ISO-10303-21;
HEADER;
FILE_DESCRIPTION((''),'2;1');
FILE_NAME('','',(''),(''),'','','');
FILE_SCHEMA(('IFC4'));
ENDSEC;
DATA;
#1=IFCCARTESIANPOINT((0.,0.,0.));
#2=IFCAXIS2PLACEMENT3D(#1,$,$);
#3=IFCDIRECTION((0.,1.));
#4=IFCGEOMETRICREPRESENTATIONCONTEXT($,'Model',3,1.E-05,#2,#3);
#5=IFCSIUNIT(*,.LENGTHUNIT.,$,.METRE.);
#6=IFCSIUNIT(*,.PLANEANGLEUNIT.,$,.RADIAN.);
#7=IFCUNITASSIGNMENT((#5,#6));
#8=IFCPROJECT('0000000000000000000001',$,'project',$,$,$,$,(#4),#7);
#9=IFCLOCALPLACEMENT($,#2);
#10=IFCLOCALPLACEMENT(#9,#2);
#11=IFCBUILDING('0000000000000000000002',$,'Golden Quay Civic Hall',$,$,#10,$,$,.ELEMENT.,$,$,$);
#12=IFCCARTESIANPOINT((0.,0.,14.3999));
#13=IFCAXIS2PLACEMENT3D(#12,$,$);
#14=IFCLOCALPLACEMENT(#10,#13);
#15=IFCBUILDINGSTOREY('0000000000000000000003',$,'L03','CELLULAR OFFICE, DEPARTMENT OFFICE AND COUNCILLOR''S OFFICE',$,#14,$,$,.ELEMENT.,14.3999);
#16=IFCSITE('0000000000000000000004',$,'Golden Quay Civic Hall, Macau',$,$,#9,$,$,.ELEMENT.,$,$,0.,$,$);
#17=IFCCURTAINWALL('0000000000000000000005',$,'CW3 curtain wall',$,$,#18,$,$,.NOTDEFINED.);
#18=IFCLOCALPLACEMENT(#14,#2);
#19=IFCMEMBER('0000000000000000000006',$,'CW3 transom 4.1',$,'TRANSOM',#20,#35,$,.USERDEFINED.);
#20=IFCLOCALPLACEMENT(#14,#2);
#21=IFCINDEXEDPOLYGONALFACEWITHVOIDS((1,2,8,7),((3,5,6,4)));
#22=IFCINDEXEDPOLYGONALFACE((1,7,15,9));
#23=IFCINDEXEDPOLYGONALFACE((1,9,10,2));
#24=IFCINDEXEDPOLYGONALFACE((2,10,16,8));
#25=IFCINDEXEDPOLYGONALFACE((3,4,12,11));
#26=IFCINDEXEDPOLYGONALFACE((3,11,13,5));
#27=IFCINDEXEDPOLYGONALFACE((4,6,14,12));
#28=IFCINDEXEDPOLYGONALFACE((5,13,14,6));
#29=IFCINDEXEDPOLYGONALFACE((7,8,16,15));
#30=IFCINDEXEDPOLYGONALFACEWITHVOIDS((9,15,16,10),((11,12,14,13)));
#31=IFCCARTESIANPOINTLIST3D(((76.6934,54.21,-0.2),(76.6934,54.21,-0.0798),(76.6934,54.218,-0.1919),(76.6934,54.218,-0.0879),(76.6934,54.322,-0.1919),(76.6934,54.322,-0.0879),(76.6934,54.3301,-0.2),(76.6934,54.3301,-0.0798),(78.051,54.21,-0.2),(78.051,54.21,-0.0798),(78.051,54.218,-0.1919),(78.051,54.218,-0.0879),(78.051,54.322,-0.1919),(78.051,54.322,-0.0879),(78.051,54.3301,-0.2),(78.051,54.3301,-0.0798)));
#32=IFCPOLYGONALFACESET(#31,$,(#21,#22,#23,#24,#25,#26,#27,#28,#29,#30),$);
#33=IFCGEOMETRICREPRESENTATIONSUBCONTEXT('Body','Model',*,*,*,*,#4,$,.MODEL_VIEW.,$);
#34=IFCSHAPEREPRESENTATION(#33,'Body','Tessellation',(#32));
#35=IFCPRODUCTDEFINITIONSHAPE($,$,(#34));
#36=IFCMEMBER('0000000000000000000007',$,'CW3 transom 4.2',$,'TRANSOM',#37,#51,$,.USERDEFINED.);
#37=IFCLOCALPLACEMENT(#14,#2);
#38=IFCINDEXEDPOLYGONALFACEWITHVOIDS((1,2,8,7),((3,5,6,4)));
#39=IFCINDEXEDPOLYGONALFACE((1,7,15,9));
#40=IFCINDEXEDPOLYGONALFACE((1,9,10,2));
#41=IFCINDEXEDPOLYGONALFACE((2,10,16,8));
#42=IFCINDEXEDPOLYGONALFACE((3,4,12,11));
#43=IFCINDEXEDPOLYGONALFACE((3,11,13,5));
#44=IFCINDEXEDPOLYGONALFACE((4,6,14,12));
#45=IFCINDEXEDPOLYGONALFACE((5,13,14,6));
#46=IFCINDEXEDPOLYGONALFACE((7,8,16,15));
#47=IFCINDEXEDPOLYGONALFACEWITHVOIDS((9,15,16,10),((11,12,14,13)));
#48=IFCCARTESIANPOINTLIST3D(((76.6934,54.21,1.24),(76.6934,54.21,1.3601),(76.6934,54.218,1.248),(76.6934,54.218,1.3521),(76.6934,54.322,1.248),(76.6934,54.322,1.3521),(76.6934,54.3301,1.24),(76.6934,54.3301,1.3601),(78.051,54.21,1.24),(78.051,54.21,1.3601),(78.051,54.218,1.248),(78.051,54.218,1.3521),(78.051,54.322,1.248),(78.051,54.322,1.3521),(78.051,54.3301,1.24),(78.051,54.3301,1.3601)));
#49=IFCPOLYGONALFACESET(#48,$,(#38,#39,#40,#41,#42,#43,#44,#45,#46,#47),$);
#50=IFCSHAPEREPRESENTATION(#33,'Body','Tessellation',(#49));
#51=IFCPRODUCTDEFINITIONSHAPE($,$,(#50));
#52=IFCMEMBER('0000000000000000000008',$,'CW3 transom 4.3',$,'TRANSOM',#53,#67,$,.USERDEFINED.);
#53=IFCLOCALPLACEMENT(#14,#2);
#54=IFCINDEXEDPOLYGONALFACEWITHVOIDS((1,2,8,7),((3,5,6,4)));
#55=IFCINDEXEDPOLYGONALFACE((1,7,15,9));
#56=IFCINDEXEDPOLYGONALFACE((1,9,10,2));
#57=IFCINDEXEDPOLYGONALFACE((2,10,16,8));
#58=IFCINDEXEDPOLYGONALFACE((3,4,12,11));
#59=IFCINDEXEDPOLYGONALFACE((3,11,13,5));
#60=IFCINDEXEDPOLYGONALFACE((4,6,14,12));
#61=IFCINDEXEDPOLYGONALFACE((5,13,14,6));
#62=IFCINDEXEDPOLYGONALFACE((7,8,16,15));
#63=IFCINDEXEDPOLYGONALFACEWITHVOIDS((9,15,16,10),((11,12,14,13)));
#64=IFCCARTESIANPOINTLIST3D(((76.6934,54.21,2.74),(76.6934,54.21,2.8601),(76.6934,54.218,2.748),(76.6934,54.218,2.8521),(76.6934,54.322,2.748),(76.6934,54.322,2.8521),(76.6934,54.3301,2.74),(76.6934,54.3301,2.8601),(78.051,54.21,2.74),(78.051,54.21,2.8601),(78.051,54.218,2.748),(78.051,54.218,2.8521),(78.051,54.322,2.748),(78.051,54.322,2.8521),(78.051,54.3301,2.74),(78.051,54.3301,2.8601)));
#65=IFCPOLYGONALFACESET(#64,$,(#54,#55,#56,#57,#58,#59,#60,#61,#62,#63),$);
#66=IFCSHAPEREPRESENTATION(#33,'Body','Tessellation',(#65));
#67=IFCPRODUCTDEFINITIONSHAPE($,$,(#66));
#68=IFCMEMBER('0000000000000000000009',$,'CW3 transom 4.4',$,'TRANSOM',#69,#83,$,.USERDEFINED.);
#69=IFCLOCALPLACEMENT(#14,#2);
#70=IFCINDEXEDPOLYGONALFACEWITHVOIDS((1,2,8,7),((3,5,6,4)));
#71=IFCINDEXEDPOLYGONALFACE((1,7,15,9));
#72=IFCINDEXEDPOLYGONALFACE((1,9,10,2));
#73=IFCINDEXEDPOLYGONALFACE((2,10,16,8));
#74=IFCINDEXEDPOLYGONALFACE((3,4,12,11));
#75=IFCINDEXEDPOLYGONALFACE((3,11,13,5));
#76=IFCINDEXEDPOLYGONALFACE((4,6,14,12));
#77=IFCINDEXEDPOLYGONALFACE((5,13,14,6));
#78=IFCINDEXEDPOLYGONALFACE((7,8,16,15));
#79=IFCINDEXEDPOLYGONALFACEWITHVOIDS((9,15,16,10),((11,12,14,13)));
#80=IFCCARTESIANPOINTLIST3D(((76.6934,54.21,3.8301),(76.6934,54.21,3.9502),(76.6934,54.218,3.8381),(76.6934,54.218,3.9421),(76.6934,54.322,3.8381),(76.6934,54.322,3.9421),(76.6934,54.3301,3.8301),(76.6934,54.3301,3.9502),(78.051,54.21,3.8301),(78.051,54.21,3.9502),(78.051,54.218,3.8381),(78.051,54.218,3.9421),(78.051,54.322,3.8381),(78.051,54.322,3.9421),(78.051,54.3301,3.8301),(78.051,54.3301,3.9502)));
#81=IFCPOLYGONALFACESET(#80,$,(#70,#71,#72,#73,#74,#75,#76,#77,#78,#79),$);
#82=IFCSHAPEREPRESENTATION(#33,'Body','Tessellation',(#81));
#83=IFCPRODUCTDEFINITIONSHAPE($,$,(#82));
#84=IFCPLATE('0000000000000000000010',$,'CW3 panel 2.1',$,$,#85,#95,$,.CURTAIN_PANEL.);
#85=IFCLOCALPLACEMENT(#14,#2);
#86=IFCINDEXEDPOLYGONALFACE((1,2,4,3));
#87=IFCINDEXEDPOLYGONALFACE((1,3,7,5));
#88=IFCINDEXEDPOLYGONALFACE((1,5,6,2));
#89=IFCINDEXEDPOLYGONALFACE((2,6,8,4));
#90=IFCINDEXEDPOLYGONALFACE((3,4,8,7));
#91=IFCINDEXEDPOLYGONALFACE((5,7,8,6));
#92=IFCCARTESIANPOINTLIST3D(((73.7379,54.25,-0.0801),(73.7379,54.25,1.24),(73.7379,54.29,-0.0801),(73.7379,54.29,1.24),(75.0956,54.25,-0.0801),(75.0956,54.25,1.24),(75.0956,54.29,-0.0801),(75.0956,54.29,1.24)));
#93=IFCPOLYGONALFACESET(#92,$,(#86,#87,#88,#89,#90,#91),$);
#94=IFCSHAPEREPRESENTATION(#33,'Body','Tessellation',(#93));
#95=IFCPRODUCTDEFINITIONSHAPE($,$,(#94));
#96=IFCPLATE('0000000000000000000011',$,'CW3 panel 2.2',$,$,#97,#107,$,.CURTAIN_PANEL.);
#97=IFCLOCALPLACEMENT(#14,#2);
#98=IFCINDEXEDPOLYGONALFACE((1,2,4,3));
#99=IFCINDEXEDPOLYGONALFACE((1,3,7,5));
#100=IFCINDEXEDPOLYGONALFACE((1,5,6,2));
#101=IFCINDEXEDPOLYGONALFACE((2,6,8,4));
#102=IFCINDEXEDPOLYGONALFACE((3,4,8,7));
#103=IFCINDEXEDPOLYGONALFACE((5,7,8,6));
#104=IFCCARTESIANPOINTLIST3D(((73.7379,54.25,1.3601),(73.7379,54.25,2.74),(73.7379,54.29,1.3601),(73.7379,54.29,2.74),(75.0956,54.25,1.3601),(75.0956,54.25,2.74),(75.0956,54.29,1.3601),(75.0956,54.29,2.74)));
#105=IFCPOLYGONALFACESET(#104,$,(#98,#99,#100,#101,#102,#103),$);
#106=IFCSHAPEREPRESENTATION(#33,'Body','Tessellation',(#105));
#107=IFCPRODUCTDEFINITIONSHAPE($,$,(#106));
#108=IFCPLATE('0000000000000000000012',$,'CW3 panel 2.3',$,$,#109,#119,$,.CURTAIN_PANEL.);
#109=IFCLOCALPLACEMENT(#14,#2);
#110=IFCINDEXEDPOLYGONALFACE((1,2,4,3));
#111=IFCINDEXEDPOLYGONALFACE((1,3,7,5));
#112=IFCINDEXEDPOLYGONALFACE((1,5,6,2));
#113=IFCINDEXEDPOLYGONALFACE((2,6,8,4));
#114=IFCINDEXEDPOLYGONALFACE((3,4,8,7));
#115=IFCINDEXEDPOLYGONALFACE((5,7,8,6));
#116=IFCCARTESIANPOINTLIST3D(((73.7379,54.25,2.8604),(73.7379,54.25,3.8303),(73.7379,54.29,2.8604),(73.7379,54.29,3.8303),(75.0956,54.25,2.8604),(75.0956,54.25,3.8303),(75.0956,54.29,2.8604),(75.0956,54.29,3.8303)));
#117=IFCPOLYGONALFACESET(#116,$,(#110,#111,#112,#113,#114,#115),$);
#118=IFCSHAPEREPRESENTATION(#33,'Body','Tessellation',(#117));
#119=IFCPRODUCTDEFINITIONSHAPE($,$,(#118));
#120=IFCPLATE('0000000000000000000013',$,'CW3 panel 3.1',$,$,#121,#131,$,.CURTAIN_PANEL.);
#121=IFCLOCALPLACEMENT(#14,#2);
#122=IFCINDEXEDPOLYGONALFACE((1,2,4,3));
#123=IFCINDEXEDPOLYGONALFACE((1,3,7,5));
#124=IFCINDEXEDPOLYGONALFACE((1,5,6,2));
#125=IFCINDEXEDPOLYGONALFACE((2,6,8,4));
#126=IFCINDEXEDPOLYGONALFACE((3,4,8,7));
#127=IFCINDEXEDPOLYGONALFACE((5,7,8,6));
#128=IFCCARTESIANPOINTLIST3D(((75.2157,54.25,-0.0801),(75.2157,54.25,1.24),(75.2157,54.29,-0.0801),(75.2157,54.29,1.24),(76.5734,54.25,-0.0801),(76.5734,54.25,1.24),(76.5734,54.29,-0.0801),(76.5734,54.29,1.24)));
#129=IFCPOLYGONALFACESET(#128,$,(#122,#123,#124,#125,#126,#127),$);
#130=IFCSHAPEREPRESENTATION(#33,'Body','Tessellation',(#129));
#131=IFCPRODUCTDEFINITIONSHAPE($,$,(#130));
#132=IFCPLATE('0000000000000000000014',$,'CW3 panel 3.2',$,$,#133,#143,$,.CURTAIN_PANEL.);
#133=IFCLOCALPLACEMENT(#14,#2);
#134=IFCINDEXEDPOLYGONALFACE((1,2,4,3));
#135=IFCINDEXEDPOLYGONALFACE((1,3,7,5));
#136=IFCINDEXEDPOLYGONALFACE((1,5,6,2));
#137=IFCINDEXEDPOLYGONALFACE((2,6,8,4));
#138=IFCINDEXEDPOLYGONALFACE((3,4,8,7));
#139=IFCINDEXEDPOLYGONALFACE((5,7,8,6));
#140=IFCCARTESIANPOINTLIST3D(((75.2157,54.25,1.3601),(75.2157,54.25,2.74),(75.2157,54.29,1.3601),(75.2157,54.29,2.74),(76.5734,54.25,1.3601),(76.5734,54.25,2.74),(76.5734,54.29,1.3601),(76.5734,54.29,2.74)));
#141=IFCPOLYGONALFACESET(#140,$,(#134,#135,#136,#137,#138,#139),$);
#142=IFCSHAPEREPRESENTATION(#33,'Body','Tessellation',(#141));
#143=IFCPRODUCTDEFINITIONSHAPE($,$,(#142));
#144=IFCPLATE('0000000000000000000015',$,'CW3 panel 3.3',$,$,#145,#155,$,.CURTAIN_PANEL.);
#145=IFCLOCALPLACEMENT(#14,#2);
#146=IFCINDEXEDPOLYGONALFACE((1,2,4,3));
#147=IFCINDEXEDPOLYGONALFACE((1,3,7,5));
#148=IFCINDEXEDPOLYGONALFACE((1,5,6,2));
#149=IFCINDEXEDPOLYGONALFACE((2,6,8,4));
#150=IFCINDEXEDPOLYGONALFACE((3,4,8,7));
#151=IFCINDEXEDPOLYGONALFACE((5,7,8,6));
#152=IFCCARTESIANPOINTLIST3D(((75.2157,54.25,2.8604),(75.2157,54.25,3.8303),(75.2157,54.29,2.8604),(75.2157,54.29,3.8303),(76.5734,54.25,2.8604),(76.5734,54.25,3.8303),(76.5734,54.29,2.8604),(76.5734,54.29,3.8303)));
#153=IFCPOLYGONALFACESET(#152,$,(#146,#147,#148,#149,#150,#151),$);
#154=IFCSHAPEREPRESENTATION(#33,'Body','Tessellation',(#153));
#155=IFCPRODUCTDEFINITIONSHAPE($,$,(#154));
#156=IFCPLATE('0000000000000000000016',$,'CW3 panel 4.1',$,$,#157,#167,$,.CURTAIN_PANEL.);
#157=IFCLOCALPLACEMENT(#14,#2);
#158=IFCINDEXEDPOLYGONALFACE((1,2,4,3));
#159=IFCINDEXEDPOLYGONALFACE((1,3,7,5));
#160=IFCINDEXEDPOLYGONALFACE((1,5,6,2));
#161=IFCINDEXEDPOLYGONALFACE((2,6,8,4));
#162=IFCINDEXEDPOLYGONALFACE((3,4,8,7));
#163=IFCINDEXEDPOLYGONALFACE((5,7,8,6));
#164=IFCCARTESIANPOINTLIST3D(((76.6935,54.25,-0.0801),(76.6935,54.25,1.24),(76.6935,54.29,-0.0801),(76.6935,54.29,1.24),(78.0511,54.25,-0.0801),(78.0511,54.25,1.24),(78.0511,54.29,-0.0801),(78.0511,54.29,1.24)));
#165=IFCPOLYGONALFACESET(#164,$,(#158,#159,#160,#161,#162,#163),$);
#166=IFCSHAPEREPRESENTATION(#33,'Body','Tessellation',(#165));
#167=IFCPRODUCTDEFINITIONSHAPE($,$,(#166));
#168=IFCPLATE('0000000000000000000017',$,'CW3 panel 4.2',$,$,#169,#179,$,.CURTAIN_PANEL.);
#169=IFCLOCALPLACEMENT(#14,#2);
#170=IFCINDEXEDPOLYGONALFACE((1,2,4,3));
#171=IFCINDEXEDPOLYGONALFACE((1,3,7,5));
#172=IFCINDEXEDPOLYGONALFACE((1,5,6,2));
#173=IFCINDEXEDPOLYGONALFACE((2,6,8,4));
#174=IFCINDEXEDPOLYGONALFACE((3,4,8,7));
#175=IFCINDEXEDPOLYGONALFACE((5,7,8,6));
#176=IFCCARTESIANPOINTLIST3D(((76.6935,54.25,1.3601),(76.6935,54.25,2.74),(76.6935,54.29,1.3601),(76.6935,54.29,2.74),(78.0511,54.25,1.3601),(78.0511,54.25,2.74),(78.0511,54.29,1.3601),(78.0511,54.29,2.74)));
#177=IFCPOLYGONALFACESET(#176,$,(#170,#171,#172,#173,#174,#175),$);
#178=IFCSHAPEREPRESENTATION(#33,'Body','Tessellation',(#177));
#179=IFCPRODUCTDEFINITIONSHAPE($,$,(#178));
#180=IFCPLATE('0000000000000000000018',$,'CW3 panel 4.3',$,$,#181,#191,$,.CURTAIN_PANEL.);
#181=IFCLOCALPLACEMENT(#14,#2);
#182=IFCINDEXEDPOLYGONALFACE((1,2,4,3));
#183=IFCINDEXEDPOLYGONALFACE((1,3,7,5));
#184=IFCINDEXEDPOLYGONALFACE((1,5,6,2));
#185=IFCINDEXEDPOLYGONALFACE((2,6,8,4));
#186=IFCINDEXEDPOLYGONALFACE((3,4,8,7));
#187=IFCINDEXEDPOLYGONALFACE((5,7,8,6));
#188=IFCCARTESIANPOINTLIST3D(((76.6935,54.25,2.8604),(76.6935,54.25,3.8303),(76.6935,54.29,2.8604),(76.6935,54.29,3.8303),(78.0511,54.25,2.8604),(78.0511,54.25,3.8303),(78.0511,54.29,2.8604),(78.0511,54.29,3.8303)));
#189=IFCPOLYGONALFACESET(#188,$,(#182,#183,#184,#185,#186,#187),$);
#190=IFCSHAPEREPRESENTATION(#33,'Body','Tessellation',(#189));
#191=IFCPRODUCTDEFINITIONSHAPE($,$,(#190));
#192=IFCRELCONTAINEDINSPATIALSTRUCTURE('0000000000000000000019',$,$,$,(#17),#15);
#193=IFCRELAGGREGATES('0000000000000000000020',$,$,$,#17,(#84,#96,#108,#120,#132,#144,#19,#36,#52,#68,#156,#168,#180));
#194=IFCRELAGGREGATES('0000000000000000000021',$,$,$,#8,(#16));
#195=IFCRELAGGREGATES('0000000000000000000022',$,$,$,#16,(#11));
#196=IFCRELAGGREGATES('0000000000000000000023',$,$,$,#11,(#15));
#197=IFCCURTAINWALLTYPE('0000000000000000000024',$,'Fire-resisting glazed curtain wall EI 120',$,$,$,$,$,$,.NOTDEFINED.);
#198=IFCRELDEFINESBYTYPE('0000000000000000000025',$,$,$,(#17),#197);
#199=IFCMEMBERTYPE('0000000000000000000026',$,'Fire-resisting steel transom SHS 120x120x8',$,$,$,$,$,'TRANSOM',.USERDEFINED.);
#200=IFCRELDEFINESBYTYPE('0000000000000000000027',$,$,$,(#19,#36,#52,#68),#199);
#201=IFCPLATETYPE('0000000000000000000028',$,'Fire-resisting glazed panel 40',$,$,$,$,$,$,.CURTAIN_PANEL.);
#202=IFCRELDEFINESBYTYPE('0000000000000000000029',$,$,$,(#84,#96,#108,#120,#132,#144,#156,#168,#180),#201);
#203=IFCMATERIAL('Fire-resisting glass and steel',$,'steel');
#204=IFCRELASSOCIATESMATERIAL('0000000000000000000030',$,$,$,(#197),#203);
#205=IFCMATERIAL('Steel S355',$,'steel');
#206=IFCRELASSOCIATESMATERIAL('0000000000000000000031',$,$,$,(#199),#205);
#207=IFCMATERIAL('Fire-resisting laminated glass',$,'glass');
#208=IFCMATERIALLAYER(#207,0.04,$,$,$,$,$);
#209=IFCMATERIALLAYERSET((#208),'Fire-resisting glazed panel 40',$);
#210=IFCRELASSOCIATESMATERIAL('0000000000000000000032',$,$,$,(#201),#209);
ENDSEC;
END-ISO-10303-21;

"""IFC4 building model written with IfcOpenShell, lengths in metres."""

from ifc_helpers import new_model, si_unit, direction, frame, origin, origin_2d, place, context, subcontext, project, spatial, rectangle, hollow_rectangle, extrude, material, layer, layer_set, material_profile, profile_set, type_object, element, aggregate, save


model = new_model("IFC4")

# Units and contexts
model_context = context("Model", 3, precision=1e-05, world=origin(), true_north=direction((0.0, 1.0)))
body_context = subcontext(model_context, "Body", "Model", "MODEL_VIEW")
ifc_project = project(units=[si_unit("LENGTHUNIT", "METRE"), si_unit("PLANEANGLEUNIT", "RADIAN")], contexts=[model_context])

# Site, building, storey
site_placement = place(None, origin())
site = spatial("IfcSite", under=ifc_project, at=site_placement, Name="Golden Quay Civic Hall, Macau", CompositionType="ELEMENT", RefElevation=0.0)
building_placement = place(site_placement, origin())
building = spatial("IfcBuilding", under=site, at=building_placement, Name="Golden Quay Civic Hall", CompositionType="ELEMENT")
storey_placement = place(building_placement, frame((0.0, 0.0, 14.3999)))
storey = spatial("IfcBuildingStorey", under=building, at=storey_placement, Name="L03", Description="CELLULAR OFFICE, DEPARTMENT OFFICE AND COUNCILLOR'S OFFICE", CompositionType="ELEMENT", Elevation=14.3999)

# Curtain wall, members, plates
ifc_material_1 = material(Name="Fire-resisting glass and steel", Category="steel")
curtain_wall_type = type_object("IfcCurtainWallType", Name="Fire-resisting glazed curtain wall EI 120", PredefinedType="NOTDEFINED", material=ifc_material_1)
curtain_wall_placement = place(storey_placement, origin())
curtain_wall = element("IfcCurtainWall", 1, at=curtain_wall_placement, inside=storey, type_object=curtain_wall_type, Name="CW3 curtain wall", PredefinedType="NOTDEFINED")
ifc_material_2 = material(Name="Steel S355", Category="steel")
ifc_material_profile_1 = material_profile(ifc_material_2, hollow_rectangle(XDim=0.1201, YDim=0.1201, WallThickness=0.0081, at=origin_2d()), Name="SHS 120x120x8")
ifc_profile_set_1 = profile_set([ifc_material_profile_1], Name="Steel S355")
member_type_1 = type_object("IfcMemberType", Name="Fire-resisting steel transom SHS 120x120x8", ElementType="TRANSOM", PredefinedType="USERDEFINED", material=ifc_profile_set_1)
member_1_placement = place(storey_placement, frame((76.6934, 54.27, -0.1399), z_axis=(1.0, 0.0, 0.0), x_axis=(0.0, 1.0, 0.0)))
member_1 = element("IfcMember", 2, at=member_1_placement, type_object=member_type_1, Name="CW3 transom 4.1", ObjectType="TRANSOM", PredefinedType="USERDEFINED", context=body_context, shape_type="SweptSolid", body=[
    extrude(hollow_rectangle(XDim=0.1201, YDim=0.1201, WallThickness=0.0081, at=origin_2d()), origin(), (0.0, 0.0, 1.0), 1.3577),
])
member_2_placement = place(storey_placement, frame((76.6934, 54.27, 1.3), z_axis=(1.0, 0.0, 0.0), x_axis=(0.0, 1.0, 0.0)))
member_2 = element("IfcMember", 3, at=member_2_placement, type_object=member_type_1, Name="CW3 transom 4.2", ObjectType="TRANSOM", PredefinedType="USERDEFINED", context=body_context, shape_type="SweptSolid", body=[
    extrude(hollow_rectangle(XDim=0.1201, YDim=0.1201, WallThickness=0.0081, at=origin_2d()), origin(), (0.0, 0.0, 1.0), 1.3577),
])
member_3_placement = place(storey_placement, frame((76.6934, 54.27, 2.8), z_axis=(1.0, 0.0, 0.0), x_axis=(0.0, 1.0, 0.0)))
member_3 = element("IfcMember", 4, at=member_3_placement, type_object=member_type_1, Name="CW3 transom 4.3", ObjectType="TRANSOM", PredefinedType="USERDEFINED", context=body_context, shape_type="SweptSolid", body=[
    extrude(hollow_rectangle(XDim=0.1201, YDim=0.1201, WallThickness=0.0081, at=origin_2d()), origin(), (0.0, 0.0, 1.0), 1.3577),
])
member_4_placement = place(storey_placement, frame((76.6934, 54.27, 3.8901), z_axis=(1.0, 0.0, 0.0), x_axis=(0.0, 1.0, 0.0)))
member_4 = element("IfcMember", 5, at=member_4_placement, type_object=member_type_1, Name="CW3 transom 4.4", ObjectType="TRANSOM", PredefinedType="USERDEFINED", context=body_context, shape_type="SweptSolid", body=[
    extrude(hollow_rectangle(XDim=0.1201, YDim=0.1201, WallThickness=0.0081, at=origin_2d()), origin(), (0.0, 0.0, 1.0), 1.3577),
])
ifc_material_3 = material(Name="Fire-resisting laminated glass", Category="glass")
ifc_layer = layer(ifc_material_3, 0.04)
ifc_layer_set = layer_set([ifc_layer], Name="Fire-resisting glazed panel 40")
plate_type = type_object("IfcPlateType", Name="Fire-resisting glazed panel 40", PredefinedType="CURTAIN_PANEL", material=ifc_layer_set)
plate_1_placement = place(storey_placement, frame((74.4167, 54.27, -0.0801), z_axis=(0.0, 0.0, 1.0), x_axis=(1.0, 0.0, 0.0)))
plate_1 = element("IfcPlate", 6, at=plate_1_placement, type_object=plate_type, Name="CW3 panel 2.1", PredefinedType="CURTAIN_PANEL", context=body_context, shape_type="SweptSolid", body=[
    extrude(rectangle(XDim=1.3577, YDim=0.04, at=origin_2d()), origin(), (0.0, 0.0, 1.0), 1.3201),
])
plate_2_placement = place(storey_placement, frame((74.4167, 54.27, 1.3601), z_axis=(0.0, 0.0, 1.0), x_axis=(1.0, 0.0, 0.0)))
plate_2 = element("IfcPlate", 7, at=plate_2_placement, type_object=plate_type, Name="CW3 panel 2.2", PredefinedType="CURTAIN_PANEL", context=body_context, shape_type="SweptSolid", body=[
    extrude(rectangle(XDim=1.3577, YDim=0.04, at=origin_2d()), origin(), (0.0, 0.0, 1.0), 1.3799),
])
plate_3_placement = place(storey_placement, frame((74.4167, 54.27, 2.8604), z_axis=(0.0, 0.0, 1.0), x_axis=(1.0, 0.0, 0.0)))
plate_3 = element("IfcPlate", 8, at=plate_3_placement, type_object=plate_type, Name="CW3 panel 2.3", PredefinedType="CURTAIN_PANEL", context=body_context, shape_type="SweptSolid", body=[
    extrude(rectangle(XDim=1.3577, YDim=0.04, at=origin_2d()), origin(), (0.0, 0.0, 1.0), 0.97),
])
plate_4_placement = place(storey_placement, frame((75.8945, 54.27, -0.0801), z_axis=(0.0, 0.0, 1.0), x_axis=(1.0, 0.0, 0.0)))
plate_4 = element("IfcPlate", 9, at=plate_4_placement, type_object=plate_type, Name="CW3 panel 3.1", PredefinedType="CURTAIN_PANEL", context=body_context, shape_type="SweptSolid", body=[
    extrude(rectangle(XDim=1.3577, YDim=0.04, at=origin_2d()), origin(), (0.0, 0.0, 1.0), 1.3201),
])
plate_5_placement = place(storey_placement, frame((75.8945, 54.27, 1.3601), z_axis=(0.0, 0.0, 1.0), x_axis=(1.0, 0.0, 0.0)))
plate_5 = element("IfcPlate", 10, at=plate_5_placement, type_object=plate_type, Name="CW3 panel 3.2", PredefinedType="CURTAIN_PANEL", context=body_context, shape_type="SweptSolid", body=[
    extrude(rectangle(XDim=1.3577, YDim=0.04, at=origin_2d()), origin(), (0.0, 0.0, 1.0), 1.3799),
])
plate_6_placement = place(storey_placement, frame((75.8945, 54.27, 2.8604), z_axis=(0.0, 0.0, 1.0), x_axis=(1.0, 0.0, 0.0)))
plate_6 = element("IfcPlate", 11, at=plate_6_placement, type_object=plate_type, Name="CW3 panel 3.3", PredefinedType="CURTAIN_PANEL", context=body_context, shape_type="SweptSolid", body=[
    extrude(rectangle(XDim=1.3577, YDim=0.04, at=origin_2d()), origin(), (0.0, 0.0, 1.0), 0.97),
])
plate_7_placement = place(storey_placement, frame((77.3723, 54.27, -0.0801), z_axis=(0.0, 0.0, 1.0), x_axis=(1.0, 0.0, 0.0)))
plate_7 = element("IfcPlate", 12, at=plate_7_placement, type_object=plate_type, Name="CW3 panel 4.1", PredefinedType="CURTAIN_PANEL", context=body_context, shape_type="SweptSolid", body=[
    extrude(rectangle(XDim=1.3577, YDim=0.04, at=origin_2d()), origin(), (0.0, 0.0, 1.0), 1.3201),
])
plate_8_placement = place(storey_placement, frame((77.3723, 54.27, 1.3601), z_axis=(0.0, 0.0, 1.0), x_axis=(1.0, 0.0, 0.0)))
plate_8 = element("IfcPlate", 13, at=plate_8_placement, type_object=plate_type, Name="CW3 panel 4.2", PredefinedType="CURTAIN_PANEL", context=body_context, shape_type="SweptSolid", body=[
    extrude(rectangle(XDim=1.3577, YDim=0.04, at=origin_2d()), origin(), (0.0, 0.0, 1.0), 1.3799),
])
plate_9_placement = place(storey_placement, frame((77.3723, 54.27, 2.8604), z_axis=(0.0, 0.0, 1.0), x_axis=(1.0, 0.0, 0.0)))
plate_9 = element("IfcPlate", 14, at=plate_9_placement, type_object=plate_type, Name="CW3 panel 4.3", PredefinedType="CURTAIN_PANEL", context=body_context, shape_type="SweptSolid", body=[
    extrude(rectangle(XDim=1.3577, YDim=0.04, at=origin_2d()), origin(), (0.0, 0.0, 1.0), 0.97),
])
aggregate(curtain_wall, [plate_1, plate_2, plate_3, plate_4, plate_5, plate_6, member_1, member_2, member_3, member_4, plate_7, plate_8, plate_9])

save(model, "model.ifc")
